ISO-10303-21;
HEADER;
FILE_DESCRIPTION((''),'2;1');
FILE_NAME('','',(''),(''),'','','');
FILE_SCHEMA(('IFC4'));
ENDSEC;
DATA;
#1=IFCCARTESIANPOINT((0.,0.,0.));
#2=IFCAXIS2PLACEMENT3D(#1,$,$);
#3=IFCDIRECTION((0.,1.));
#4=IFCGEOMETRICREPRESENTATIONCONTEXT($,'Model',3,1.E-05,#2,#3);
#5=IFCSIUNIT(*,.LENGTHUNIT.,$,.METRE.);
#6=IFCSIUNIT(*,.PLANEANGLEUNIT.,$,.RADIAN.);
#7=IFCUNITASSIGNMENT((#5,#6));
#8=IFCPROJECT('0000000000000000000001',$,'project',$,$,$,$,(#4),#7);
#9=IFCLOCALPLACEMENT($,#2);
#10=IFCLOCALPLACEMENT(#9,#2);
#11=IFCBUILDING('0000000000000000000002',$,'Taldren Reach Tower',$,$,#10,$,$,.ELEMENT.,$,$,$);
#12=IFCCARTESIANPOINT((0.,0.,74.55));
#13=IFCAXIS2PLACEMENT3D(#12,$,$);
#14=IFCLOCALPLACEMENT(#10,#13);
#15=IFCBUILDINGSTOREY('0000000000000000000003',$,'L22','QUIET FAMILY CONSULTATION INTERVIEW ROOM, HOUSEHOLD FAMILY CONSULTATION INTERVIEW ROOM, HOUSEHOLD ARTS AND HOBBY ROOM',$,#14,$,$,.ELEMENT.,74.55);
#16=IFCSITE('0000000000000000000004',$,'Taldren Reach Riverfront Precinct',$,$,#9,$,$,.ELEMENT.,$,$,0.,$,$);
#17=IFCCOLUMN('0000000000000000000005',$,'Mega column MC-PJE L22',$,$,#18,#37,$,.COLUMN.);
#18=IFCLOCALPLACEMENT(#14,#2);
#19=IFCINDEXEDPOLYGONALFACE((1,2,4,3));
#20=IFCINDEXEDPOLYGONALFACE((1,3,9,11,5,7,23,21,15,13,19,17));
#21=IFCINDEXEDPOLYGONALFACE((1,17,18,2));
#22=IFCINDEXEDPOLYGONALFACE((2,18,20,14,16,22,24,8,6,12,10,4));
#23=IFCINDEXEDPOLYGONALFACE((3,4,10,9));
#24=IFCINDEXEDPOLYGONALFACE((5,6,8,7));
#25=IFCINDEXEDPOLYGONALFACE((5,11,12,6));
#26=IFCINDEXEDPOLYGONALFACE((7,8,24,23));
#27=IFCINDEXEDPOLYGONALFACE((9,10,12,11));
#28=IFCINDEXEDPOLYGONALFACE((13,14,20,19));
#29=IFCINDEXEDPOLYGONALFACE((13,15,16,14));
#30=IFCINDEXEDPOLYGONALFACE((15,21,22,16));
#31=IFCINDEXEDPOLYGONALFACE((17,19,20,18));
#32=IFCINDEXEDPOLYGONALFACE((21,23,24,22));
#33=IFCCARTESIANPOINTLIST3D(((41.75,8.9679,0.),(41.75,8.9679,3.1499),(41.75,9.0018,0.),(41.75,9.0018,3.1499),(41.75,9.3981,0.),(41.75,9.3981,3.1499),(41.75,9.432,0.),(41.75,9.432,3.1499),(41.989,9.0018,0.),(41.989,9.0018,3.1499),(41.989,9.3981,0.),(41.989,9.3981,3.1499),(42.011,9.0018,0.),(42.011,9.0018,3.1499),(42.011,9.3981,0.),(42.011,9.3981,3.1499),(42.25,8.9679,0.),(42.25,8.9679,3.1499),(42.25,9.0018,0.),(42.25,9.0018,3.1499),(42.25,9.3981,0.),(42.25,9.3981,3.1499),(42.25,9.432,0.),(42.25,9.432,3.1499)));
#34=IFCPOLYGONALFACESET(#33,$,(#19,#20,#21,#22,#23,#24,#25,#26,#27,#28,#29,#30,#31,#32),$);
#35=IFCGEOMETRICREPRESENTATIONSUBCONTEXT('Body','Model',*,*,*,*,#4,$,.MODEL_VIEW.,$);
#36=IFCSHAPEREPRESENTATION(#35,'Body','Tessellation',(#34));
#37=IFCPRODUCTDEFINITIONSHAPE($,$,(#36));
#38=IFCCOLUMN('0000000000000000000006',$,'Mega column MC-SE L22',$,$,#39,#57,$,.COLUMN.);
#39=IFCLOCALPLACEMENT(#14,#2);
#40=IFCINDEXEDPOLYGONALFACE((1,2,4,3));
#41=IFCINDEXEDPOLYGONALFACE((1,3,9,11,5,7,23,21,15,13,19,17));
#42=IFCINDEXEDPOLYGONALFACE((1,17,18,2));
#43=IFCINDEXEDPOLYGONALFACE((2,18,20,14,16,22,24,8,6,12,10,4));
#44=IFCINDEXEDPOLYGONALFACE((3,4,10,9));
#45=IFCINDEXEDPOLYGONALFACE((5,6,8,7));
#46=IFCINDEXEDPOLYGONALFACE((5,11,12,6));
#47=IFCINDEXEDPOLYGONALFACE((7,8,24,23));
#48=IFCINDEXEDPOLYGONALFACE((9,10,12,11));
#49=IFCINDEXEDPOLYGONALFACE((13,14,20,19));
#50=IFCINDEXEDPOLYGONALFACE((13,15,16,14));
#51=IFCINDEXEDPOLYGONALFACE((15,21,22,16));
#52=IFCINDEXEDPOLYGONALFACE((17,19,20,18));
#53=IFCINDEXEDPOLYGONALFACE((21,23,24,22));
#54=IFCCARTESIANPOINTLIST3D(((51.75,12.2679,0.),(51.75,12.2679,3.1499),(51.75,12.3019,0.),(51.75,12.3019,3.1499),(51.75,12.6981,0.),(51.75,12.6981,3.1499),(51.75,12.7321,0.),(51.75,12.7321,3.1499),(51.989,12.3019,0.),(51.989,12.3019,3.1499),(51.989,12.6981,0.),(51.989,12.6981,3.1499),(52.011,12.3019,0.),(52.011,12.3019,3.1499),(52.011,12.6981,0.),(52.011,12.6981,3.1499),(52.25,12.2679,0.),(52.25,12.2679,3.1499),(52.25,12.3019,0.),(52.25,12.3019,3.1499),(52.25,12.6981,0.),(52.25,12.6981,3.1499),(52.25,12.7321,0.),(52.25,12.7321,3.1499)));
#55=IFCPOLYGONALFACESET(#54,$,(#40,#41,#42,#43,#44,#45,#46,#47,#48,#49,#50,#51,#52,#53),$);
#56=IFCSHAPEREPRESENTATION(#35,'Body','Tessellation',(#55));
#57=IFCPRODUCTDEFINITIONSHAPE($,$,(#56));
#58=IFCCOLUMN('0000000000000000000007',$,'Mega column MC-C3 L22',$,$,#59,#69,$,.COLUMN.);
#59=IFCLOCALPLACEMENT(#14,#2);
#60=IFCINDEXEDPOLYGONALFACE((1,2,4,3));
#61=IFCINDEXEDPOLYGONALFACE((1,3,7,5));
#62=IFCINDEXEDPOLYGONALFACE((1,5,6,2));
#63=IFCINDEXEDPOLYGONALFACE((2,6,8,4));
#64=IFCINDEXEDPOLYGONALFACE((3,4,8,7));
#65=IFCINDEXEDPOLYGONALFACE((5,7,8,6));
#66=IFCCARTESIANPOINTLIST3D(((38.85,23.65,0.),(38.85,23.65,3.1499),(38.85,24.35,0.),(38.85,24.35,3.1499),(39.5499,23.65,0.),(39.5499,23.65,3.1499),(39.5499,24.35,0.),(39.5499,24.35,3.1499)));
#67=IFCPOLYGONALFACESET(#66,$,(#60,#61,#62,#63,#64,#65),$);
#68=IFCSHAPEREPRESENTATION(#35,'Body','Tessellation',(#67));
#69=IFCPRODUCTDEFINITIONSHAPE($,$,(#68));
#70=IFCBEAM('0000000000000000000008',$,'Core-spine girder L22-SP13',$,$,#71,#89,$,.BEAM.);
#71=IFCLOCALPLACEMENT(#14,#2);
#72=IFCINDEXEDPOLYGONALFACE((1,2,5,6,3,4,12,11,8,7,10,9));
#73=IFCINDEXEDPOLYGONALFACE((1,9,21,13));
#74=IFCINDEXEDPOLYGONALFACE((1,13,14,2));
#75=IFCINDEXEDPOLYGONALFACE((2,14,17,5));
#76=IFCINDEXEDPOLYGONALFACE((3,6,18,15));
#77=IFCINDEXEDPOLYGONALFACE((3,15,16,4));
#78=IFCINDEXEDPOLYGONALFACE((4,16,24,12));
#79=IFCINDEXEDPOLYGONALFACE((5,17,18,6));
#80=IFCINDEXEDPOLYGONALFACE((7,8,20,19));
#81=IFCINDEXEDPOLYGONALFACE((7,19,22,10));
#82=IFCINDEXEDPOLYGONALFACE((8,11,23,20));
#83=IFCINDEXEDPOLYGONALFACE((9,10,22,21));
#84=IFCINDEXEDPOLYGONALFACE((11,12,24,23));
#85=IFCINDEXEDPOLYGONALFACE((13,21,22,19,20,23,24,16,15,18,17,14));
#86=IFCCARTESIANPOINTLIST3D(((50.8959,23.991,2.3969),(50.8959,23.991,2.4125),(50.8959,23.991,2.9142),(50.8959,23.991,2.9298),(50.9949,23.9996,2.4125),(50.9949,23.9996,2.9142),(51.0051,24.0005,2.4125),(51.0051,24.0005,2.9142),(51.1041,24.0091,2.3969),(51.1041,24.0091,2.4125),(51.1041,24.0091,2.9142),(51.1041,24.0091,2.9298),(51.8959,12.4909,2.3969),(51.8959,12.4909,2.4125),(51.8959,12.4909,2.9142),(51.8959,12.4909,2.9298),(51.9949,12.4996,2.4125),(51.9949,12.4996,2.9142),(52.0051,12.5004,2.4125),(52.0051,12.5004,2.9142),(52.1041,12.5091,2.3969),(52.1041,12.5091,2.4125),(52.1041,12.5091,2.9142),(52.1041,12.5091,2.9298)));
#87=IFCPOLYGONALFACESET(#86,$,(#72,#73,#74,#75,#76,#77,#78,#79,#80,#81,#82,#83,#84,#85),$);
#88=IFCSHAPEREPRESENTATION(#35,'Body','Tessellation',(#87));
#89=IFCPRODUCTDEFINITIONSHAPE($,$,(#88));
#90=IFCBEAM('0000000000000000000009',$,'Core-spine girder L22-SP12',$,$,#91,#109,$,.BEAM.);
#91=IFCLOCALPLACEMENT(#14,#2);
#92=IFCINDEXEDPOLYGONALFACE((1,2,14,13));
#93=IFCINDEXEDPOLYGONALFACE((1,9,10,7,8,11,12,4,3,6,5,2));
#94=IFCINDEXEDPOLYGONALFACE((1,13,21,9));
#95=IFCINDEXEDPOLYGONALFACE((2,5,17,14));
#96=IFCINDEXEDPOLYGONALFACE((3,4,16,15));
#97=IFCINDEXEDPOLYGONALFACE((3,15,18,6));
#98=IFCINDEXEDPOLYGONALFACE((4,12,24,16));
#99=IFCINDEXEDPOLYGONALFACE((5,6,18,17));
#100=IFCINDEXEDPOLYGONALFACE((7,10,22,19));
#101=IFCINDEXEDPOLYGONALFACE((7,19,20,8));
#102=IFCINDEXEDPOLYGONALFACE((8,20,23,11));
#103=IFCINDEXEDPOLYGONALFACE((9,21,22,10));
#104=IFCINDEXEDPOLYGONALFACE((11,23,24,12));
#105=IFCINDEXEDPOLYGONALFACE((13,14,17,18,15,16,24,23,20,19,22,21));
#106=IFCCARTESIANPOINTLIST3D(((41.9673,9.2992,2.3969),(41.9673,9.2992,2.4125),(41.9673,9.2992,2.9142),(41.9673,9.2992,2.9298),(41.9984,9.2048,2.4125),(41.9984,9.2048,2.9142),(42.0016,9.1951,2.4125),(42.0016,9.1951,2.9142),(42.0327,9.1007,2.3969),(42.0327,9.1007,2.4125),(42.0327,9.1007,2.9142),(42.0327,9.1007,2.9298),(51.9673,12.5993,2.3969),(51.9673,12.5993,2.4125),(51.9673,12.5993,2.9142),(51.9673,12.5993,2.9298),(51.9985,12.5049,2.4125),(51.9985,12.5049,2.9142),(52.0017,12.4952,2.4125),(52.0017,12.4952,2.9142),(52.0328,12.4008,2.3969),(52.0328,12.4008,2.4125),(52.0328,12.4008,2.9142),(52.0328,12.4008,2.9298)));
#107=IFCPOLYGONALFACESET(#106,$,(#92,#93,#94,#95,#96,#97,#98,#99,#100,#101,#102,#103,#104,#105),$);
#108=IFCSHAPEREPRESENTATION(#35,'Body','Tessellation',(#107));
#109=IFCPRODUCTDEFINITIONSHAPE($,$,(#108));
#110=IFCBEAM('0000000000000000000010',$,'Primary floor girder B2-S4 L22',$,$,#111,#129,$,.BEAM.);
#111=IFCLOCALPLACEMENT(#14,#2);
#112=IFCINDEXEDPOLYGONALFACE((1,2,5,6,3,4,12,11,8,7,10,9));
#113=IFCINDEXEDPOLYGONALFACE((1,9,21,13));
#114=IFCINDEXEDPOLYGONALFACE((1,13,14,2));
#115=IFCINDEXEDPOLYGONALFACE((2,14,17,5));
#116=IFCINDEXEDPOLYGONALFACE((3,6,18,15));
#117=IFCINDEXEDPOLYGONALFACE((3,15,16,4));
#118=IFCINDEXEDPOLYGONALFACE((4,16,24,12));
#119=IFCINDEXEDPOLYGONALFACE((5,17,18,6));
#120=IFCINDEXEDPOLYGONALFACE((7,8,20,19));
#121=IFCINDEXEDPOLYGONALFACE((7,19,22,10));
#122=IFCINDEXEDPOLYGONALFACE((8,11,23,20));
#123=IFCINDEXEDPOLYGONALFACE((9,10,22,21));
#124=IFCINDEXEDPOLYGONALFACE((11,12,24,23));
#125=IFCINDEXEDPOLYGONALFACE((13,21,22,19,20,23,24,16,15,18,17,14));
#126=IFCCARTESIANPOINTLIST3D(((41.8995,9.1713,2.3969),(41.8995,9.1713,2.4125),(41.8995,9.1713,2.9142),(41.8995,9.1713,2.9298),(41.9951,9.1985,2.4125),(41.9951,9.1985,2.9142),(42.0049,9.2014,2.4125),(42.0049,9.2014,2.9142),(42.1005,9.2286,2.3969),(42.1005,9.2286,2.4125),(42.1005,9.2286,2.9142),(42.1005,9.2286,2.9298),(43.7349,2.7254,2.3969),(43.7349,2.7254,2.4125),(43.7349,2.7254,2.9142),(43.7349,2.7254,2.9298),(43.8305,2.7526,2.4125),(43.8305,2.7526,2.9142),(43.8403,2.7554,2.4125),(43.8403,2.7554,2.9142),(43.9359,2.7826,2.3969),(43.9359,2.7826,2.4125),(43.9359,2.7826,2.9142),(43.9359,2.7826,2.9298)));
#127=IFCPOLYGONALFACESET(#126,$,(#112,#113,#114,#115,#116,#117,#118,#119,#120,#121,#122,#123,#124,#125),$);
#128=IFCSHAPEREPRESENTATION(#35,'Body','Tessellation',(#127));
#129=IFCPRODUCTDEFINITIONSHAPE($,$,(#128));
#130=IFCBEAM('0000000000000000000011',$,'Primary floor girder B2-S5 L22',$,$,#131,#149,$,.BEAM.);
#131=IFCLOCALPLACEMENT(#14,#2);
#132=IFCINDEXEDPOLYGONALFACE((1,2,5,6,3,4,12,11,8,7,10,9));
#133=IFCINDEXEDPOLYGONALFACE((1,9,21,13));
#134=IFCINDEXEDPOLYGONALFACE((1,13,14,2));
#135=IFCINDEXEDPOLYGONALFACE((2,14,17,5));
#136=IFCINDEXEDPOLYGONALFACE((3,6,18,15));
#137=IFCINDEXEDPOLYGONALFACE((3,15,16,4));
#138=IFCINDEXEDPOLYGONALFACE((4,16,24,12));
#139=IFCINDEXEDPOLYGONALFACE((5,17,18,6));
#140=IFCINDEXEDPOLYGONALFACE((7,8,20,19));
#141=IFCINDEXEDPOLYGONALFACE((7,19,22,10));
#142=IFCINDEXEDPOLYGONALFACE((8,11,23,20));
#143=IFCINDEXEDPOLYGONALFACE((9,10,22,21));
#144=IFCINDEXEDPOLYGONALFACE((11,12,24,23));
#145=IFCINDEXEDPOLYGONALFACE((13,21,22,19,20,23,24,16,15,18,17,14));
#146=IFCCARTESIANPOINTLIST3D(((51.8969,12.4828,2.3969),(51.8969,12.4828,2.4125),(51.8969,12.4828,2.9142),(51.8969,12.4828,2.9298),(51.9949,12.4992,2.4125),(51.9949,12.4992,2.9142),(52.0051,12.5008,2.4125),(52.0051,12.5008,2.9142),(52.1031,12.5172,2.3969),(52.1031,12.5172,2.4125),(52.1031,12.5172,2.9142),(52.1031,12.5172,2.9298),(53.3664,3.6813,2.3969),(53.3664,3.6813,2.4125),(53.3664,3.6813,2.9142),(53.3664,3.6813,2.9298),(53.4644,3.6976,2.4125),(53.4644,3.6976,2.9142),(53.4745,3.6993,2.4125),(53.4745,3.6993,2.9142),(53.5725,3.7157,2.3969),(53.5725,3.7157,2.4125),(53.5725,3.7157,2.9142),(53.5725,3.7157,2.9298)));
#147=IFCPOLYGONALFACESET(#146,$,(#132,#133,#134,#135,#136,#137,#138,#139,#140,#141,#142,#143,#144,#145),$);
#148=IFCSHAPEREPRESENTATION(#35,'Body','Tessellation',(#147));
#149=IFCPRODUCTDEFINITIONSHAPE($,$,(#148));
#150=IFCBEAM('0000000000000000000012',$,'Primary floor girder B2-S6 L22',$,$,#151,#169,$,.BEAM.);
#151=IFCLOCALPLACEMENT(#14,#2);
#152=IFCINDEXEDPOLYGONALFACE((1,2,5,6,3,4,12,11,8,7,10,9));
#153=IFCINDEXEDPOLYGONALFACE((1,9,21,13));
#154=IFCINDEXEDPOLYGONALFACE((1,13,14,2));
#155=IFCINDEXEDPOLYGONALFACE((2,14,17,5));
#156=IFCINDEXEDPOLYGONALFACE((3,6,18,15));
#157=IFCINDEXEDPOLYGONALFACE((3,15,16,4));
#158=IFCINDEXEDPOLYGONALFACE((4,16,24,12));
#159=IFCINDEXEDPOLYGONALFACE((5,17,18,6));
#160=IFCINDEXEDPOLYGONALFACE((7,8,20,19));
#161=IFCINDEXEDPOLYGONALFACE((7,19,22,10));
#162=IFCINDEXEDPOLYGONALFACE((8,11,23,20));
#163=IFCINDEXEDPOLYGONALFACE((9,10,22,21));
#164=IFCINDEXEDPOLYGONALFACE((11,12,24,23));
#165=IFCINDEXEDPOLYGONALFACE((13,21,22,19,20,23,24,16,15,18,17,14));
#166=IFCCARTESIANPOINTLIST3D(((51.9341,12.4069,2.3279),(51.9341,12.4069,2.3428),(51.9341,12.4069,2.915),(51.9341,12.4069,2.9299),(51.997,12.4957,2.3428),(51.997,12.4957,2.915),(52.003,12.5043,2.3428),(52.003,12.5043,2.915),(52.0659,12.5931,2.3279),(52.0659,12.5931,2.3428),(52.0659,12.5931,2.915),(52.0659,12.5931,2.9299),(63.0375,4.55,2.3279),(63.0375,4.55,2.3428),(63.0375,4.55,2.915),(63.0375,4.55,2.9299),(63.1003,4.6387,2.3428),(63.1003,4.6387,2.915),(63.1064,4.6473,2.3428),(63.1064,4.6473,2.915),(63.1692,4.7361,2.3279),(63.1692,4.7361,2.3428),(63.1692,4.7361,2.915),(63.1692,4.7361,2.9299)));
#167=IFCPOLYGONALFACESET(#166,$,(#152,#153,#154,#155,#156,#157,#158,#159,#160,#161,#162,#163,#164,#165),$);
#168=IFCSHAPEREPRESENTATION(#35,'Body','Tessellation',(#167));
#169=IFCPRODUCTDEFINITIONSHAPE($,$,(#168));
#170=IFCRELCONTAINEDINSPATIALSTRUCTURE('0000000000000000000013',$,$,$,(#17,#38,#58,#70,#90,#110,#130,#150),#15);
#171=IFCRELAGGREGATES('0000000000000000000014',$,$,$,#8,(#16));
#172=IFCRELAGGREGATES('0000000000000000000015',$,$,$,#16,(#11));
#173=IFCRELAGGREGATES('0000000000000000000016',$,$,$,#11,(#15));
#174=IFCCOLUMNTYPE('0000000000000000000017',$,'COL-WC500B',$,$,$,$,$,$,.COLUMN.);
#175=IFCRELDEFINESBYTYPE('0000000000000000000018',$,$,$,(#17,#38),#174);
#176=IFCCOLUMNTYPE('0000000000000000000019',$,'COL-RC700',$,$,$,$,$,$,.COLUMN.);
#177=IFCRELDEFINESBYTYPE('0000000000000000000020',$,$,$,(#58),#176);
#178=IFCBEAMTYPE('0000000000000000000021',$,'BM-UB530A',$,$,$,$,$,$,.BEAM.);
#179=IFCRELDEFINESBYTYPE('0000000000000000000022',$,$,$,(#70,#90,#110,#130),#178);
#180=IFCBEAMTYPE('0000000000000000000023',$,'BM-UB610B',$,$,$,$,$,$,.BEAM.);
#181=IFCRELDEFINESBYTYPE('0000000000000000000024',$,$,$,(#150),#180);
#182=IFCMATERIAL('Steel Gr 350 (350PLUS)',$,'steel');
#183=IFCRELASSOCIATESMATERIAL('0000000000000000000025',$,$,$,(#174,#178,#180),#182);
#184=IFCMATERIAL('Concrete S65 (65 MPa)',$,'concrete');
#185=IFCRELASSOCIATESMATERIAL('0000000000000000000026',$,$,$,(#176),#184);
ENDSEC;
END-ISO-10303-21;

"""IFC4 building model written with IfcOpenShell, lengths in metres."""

from ifc_helpers import new_model, si_unit, direction, frame, origin, origin_2d, place, context, subcontext, project, spatial, rectangle, i_section, extrude, source, transform, mapped, material, material_profile, profile_set, type_object, element, save


model = new_model("IFC4")

# Units and contexts
model_context = context("Model", 3, precision=1e-05, world=origin(), true_north=direction((0.0, 1.0)))
body_context = subcontext(model_context, "Body", "Model", "MODEL_VIEW")
ifc_project = project(units=[si_unit("LENGTHUNIT", "METRE"), si_unit("PLANEANGLEUNIT", "RADIAN")], contexts=[model_context])

# Site, building, storey
site_placement = place(None, origin())
site = spatial("IfcSite", under=ifc_project, at=site_placement, Name="Taldren Reach Riverfront Precinct", CompositionType="ELEMENT", RefElevation=0.0)
building_placement = place(site_placement, origin())
building = spatial("IfcBuilding", under=site, at=building_placement, Name="Taldren Reach Tower", CompositionType="ELEMENT")
storey_placement = place(building_placement, frame((0.0, 0.0, 74.55)))
storey = spatial("IfcBuildingStorey", under=building, at=storey_placement, Name="L22", Description="QUIET FAMILY CONSULTATION INTERVIEW ROOM, HOUSEHOLD FAMILY CONSULTATION INTERVIEW ROOM, HOUSEHOLD ARTS AND HOBBY ROOM", CompositionType="ELEMENT", Elevation=74.55)

# Columns
ifc_material_1 = material(Name="Steel Gr 350 (350PLUS)", Category="steel")
ifc_material_profile_1 = material_profile(ifc_material_1, i_section(OverallWidth=0.5, OverallDepth=0.4641, WebThickness=0.022, FlangeThickness=0.0339, at=origin_2d()), Name="500WC340")
ifc_profile_set_1 = profile_set([ifc_material_profile_1], Name="Steel Gr 350 (350PLUS)")
column_type_1 = type_object("IfcColumnType", Name="COL-WC500B", PredefinedType="COLUMN", material=ifc_profile_set_1)
shared_shape_1 = source(origin(), body_context, "Body", "SweptSolid", [
    extrude(i_section(OverallWidth=0.5, OverallDepth=0.4641, WebThickness=0.022, FlangeThickness=0.0339, at=origin_2d()), origin(), (0.0, 0.0, 1.0), 3.1499),
])
for number, where, z_axis, x_axis, name in (
    (1, (42.0, 9.2, 0.0), (0.0, 0.0, 1.0), (1.0, 0.0, 0.0), "Mega column MC-PJE L22"),
    (2, (52.0, 12.5, 0.0), (0.0, 0.0, 1.0), (1.0, 0.0, 0.0), "Mega column MC-SE L22"),
):
    element("IfcColumn", number, at=place(storey_placement, frame(where, z_axis=z_axis, x_axis=x_axis)), inside=storey, type_object=column_type_1, Name=name, PredefinedType="COLUMN", context=body_context, shape_type="MappedRepresentation", body=[
        mapped(shared_shape_1, transform((0.0, 0.0, 0.0), scale=1.0)),
    ])
ifc_material_2 = material(Name="Concrete S65 (65 MPa)", Category="concrete")
ifc_material_profile_2 = material_profile(ifc_material_2, rectangle(XDim=0.7, YDim=0.7, at=origin_2d()), Name="RC-700x700")
ifc_profile_set_2 = profile_set([ifc_material_profile_2], Name="Concrete S65 (65 MPa)")
column_type_2 = type_object("IfcColumnType", Name="COL-RC700", PredefinedType="COLUMN", material=ifc_profile_set_2)
shared_shape_2 = source(origin(), body_context, "Body", "SweptSolid", [
    extrude(rectangle(XDim=0.7, YDim=0.7, at=origin_2d()), origin(), (0.0, 0.0, 1.0), 3.1499),
])
column_placement = place(storey_placement, frame((39.2, 24.0, 0.0), z_axis=(0.0, 0.0, 1.0), x_axis=(1.0, 0.0, 0.0)))
element("IfcColumn", 3, at=column_placement, inside=storey, type_object=column_type_2, Name="Mega column MC-C3 L22", PredefinedType="COLUMN", context=body_context, shape_type="MappedRepresentation", body=[
    mapped(shared_shape_2, transform((0.0, 0.0, 0.0), scale=1.0)),
])

# Beams
ifc_material_profile_3 = material_profile(ifc_material_1, i_section(OverallWidth=0.209, OverallDepth=0.533, WebThickness=0.0103, FlangeThickness=0.0156, at=origin_2d()), Name="530UB92.4")
ifc_profile_set_3 = profile_set([ifc_material_profile_3], Name="Steel Gr 350 (350PLUS)")
beam_type_1 = type_object("IfcBeamType", Name="BM-UB530A", PredefinedType="BEAM", material=ifc_profile_set_3)
shared_shape_3 = source(origin(), body_context, "Body", "SweptSolid", [
    extrude(i_section(OverallWidth=0.209, OverallDepth=0.533, WebThickness=0.0103, FlangeThickness=0.0156, at=origin_2d()), origin(), (0.0, 0.0, 1.0), 11.5435),
])
beam_1_placement = place(storey_placement, frame((52.0, 12.5, 2.6633), z_axis=(-0.08663, 0.996241, 0.0), x_axis=(-0.996241, -0.08663, 0.0)))
element("IfcBeam", 4, at=beam_1_placement, inside=storey, type_object=beam_type_1, Name="Core-spine girder L22-SP13", PredefinedType="BEAM", context=body_context, shape_type="MappedRepresentation", body=[
    mapped(shared_shape_3, transform((0.0, 0.0, 0.0), scale=1.0)),
])
shared_shape_4 = source(origin(), body_context, "Body", "SweptSolid", [
    extrude(i_section(OverallWidth=0.209, OverallDepth=0.533, WebThickness=0.0103, FlangeThickness=0.0156, at=origin_2d()), origin(), (0.0, 0.0, 1.0), 10.5305),
])
beam_2_placement = place(storey_placement, frame((42.0, 9.2, 2.6633), z_axis=(0.949627, 0.313382, 0.0), x_axis=(-0.313382, 0.949627, 0.0)))
element("IfcBeam", 5, at=beam_2_placement, inside=storey, type_object=beam_type_1, Name="Core-spine girder L22-SP12", PredefinedType="BEAM", context=body_context, shape_type="MappedRepresentation", body=[
    mapped(shared_shape_4, transform((0.0, 0.0, 0.0), scale=1.0)),
])
shared_shape_5 = source(origin(), body_context, "Body", "SweptSolid", [
    extrude(i_section(OverallWidth=0.209, OverallDepth=0.533, WebThickness=0.0103, FlangeThickness=0.0156, at=origin_2d()), origin(), (0.0, 0.0, 1.0), 6.7021),
])
beam_3_placement = place(storey_placement, frame((42.0, 9.2, 2.6633), z_axis=(0.273855, -0.961771, 0.0), x_axis=(0.961771, 0.273855, 0.0)))
element("IfcBeam", 6, at=beam_3_placement, inside=storey, type_object=beam_type_1, Name="Primary floor girder B2-S4 L22", PredefinedType="BEAM", context=body_context, shape_type="MappedRepresentation", body=[
    mapped(shared_shape_5, transform((0.0, 0.0, 0.0), scale=1.0)),
])
shared_shape_6 = source(origin(), body_context, "Body", "SweptSolid", [
    extrude(i_section(OverallWidth=0.209, OverallDepth=0.533, WebThickness=0.0103, FlangeThickness=0.0156, at=origin_2d()), origin(), (0.0, 0.0, 1.0), 8.9233),
])
beam_4_placement = place(storey_placement, frame((52.0, 12.5, 2.6633), z_axis=(0.164678, -0.986347, 0.0), x_axis=(0.986347, 0.164678, 0.0)))
element("IfcBeam", 7, at=beam_4_placement, inside=storey, type_object=beam_type_1, Name="Primary floor girder B2-S5 L22", PredefinedType="BEAM", context=body_context, shape_type="MappedRepresentation", body=[
    mapped(shared_shape_6, transform((0.0, 0.0, 0.0), scale=1.0)),
])
ifc_material_profile_4 = material_profile(ifc_material_1, i_section(OverallWidth=0.228, OverallDepth=0.6021, WebThickness=0.0105, FlangeThickness=0.0149, at=origin_2d()), Name="610UB101")
ifc_profile_set_4 = profile_set([ifc_material_profile_4], Name="Steel Gr 350 (350PLUS)")
beam_type_2 = type_object("IfcBeamType", Name="BM-UB610B", PredefinedType="BEAM", material=ifc_profile_set_4)
shared_shape_7 = source(origin(), body_context, "Body", "SweptSolid", [
    extrude(i_section(OverallWidth=0.228, OverallDepth=0.6021, WebThickness=0.0105, FlangeThickness=0.0149, at=origin_2d()), origin(), (0.0, 0.0, 1.0), 13.6021),
])
beam_5_placement = place(storey_placement, frame((52.0, 12.5, 2.6289), z_axis=(0.816298, -0.577631, 0.0), x_axis=(0.577631, 0.816298, 0.0)))
element("IfcBeam", 8, at=beam_5_placement, inside=storey, type_object=beam_type_2, Name="Primary floor girder B2-S6 L22", PredefinedType="BEAM", context=body_context, shape_type="MappedRepresentation", body=[
    mapped(shared_shape_7, transform((0.0, 0.0, 0.0), scale=1.0)),
])

save(model, "model.ifc")
